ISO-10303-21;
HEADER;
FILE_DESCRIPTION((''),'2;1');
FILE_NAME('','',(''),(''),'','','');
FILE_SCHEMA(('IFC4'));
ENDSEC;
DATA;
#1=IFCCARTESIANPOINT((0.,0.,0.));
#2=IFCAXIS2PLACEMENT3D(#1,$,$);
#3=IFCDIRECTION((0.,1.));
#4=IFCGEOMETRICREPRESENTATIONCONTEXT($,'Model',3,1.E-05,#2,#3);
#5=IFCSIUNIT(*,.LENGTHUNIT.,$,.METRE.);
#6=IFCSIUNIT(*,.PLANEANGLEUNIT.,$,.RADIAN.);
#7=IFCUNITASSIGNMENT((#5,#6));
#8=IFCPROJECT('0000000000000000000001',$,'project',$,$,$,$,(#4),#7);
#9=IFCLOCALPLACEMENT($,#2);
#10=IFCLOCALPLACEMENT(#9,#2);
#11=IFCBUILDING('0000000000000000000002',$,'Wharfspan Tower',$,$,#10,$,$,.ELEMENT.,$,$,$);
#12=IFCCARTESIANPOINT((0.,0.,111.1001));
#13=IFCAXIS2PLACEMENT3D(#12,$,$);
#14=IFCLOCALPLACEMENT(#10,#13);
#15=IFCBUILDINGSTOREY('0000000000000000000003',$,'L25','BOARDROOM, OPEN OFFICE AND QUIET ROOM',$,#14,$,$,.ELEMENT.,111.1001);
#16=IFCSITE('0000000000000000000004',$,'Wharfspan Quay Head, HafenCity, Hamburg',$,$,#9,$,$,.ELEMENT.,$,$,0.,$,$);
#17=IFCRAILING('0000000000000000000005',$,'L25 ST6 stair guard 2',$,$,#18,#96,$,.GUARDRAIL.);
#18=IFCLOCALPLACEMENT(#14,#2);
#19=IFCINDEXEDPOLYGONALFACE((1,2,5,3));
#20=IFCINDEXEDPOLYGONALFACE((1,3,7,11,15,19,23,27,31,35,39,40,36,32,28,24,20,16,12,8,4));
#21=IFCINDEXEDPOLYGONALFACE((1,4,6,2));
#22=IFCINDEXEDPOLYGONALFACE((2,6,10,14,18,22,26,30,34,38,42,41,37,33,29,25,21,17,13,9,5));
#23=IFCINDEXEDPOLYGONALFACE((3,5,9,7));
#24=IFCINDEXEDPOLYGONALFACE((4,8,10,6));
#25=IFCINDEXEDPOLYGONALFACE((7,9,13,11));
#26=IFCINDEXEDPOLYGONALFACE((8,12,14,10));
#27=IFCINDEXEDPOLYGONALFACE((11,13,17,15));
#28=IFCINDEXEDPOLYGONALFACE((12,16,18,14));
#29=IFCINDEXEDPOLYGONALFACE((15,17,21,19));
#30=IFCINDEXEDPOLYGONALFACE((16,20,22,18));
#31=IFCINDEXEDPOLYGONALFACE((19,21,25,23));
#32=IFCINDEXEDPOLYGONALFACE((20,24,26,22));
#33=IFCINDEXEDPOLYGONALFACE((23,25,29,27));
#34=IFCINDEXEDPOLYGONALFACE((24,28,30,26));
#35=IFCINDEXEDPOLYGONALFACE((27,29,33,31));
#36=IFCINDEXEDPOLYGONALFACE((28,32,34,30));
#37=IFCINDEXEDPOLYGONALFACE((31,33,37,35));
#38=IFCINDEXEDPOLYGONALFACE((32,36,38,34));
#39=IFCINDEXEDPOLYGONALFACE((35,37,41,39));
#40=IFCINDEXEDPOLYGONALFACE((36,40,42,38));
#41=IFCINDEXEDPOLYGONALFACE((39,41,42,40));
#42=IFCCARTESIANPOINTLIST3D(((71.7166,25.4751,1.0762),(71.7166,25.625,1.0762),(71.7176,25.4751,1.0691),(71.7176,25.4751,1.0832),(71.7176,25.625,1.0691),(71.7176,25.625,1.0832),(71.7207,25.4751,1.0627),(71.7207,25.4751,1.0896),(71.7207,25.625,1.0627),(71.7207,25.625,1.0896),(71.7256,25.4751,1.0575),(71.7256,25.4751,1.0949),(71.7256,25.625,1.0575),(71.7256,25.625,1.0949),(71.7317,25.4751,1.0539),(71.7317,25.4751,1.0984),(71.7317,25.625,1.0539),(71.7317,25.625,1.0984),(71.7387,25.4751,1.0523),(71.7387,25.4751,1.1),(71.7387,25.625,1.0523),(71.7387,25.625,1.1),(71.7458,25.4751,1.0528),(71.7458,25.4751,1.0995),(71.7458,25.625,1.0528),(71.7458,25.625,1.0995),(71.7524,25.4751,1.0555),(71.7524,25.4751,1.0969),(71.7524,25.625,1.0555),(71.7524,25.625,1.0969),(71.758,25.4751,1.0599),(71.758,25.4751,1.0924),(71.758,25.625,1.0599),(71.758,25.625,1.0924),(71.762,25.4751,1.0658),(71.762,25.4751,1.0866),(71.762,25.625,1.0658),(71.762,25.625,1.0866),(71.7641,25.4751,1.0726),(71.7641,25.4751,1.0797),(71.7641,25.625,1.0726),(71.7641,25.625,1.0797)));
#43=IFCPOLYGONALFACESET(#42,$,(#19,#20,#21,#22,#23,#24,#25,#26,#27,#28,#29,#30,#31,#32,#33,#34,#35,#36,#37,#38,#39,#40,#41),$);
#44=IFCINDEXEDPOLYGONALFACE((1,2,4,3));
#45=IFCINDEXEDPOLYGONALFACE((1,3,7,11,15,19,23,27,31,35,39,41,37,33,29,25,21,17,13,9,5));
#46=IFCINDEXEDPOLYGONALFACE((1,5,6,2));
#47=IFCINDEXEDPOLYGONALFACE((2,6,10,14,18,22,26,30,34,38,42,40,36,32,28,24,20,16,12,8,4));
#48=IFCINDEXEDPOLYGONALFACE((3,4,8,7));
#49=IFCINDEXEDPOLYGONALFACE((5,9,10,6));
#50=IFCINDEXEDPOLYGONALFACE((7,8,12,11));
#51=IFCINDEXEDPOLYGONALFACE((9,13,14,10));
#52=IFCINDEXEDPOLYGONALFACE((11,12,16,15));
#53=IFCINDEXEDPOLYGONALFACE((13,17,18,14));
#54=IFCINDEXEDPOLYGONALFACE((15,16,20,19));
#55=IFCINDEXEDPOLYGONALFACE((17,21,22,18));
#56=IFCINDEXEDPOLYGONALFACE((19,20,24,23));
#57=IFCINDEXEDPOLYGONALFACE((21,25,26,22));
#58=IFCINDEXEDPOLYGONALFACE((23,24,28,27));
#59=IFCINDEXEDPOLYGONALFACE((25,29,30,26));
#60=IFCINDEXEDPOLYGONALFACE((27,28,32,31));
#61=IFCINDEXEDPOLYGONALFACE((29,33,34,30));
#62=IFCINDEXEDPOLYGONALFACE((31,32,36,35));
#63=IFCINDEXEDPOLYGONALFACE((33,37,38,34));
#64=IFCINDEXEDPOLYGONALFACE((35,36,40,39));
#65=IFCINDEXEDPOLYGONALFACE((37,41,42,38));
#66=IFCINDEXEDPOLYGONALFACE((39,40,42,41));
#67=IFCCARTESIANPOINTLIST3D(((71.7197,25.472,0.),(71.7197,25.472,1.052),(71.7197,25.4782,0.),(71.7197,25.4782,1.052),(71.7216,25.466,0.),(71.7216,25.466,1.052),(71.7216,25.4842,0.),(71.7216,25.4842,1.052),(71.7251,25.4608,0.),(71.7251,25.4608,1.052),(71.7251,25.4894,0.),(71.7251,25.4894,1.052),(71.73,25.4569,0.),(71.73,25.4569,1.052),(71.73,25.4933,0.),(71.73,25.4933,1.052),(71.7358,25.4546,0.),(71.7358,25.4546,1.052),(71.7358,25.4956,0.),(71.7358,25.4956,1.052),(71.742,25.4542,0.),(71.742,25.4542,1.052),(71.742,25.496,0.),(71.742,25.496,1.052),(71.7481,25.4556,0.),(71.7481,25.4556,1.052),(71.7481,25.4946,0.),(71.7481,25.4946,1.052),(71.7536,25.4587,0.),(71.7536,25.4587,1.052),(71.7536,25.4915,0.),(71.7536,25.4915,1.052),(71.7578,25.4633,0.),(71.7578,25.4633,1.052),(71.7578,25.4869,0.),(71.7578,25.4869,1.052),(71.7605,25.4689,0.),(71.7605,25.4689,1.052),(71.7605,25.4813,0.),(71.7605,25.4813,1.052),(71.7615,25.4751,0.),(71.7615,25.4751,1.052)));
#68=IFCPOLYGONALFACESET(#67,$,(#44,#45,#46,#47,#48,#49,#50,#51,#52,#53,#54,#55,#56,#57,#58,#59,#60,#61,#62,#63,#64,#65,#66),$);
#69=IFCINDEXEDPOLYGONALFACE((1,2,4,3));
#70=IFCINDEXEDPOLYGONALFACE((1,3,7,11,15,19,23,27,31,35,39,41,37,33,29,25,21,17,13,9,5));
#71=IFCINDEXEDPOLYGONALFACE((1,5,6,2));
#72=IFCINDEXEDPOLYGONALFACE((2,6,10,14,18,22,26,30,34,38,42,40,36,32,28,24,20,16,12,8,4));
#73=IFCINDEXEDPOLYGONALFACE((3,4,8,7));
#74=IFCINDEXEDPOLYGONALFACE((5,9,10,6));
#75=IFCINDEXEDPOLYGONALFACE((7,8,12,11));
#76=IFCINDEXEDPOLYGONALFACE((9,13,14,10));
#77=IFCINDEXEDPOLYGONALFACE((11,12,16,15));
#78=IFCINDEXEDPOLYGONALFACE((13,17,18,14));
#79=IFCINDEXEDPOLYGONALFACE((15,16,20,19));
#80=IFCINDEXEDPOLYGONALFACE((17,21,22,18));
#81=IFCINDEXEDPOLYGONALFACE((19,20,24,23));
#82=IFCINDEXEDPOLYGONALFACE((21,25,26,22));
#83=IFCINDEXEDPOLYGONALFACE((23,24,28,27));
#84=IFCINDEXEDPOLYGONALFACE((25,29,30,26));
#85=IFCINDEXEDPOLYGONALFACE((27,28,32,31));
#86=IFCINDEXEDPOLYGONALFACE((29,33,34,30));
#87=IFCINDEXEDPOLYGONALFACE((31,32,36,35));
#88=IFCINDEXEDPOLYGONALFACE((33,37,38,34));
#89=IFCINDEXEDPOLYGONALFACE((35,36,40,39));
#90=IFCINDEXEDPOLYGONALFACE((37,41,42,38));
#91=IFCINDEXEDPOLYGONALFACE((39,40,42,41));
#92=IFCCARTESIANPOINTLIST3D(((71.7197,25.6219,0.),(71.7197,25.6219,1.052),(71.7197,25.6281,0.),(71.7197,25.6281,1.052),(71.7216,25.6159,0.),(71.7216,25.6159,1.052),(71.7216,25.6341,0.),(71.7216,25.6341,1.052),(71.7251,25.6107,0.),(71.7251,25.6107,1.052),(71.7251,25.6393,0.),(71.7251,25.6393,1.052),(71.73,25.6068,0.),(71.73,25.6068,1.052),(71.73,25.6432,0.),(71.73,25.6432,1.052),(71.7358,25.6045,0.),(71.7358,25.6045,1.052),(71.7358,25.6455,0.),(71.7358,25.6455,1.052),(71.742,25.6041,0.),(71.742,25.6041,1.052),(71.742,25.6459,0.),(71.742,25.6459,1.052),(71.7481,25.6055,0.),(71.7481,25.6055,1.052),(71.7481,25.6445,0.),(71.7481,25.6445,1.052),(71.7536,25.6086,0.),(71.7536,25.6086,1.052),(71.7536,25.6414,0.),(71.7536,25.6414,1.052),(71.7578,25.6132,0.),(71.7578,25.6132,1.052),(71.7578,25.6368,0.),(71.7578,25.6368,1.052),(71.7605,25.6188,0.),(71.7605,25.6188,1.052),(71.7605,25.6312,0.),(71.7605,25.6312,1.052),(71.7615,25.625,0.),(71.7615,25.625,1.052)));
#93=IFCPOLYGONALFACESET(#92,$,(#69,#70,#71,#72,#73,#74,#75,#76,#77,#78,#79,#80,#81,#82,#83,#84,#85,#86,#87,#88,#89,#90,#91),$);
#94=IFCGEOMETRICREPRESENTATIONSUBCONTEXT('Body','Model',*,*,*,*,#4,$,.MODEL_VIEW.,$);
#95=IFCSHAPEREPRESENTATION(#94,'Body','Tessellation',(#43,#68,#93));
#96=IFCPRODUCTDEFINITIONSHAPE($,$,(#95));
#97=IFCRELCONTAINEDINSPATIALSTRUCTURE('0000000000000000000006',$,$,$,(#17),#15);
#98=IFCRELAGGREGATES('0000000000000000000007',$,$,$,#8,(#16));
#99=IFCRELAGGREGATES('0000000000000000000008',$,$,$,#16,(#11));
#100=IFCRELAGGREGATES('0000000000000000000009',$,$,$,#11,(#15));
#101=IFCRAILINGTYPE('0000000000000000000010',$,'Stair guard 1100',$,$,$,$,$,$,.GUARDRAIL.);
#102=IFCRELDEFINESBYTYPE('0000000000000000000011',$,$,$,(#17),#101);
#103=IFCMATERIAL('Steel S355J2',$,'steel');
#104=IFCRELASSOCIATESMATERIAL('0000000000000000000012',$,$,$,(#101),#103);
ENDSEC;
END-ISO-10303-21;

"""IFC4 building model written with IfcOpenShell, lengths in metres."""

from ifc_helpers import new_model, si_unit, direction, frame, origin, origin_2d, place, context, subcontext, project, spatial, circle, extrude, material, type_object, element, save


model = new_model("IFC4")

# Units and contexts
model_context = context("Model", 3, precision=1e-05, world=origin(), true_north=direction((0.0, 1.0)))
body_context = subcontext(model_context, "Body", "Model", "MODEL_VIEW")
ifc_project = project(units=[si_unit("LENGTHUNIT", "METRE"), si_unit("PLANEANGLEUNIT", "RADIAN")], contexts=[model_context])

# Site, building, storey
site_placement = place(None, origin())
site = spatial("IfcSite", under=ifc_project, at=site_placement, Name="Wharfspan Quay Head, HafenCity, Hamburg", CompositionType="ELEMENT", RefElevation=0.0)
building_placement = place(site_placement, origin())
building = spatial("IfcBuilding", under=site, at=building_placement, Name="Wharfspan Tower", CompositionType="ELEMENT")
storey_placement = place(building_placement, frame((0.0, 0.0, 111.1001)))
storey = spatial("IfcBuildingStorey", under=building, at=storey_placement, Name="L25", Description="BOARDROOM, OPEN OFFICE AND QUIET ROOM", CompositionType="ELEMENT", Elevation=111.1001)

# Shared definitions
ifc_material_1 = material(Name="Steel S355J2", Category="steel")

# Railing
railing_type_1 = type_object("IfcRailingType", Name="Stair guard 1100", PredefinedType="GUARDRAIL", material=ifc_material_1)
railing_1_placement = place(storey_placement, frame((71.7405, 25.4751, 0.0)))
element("IfcRailing", 1, at=railing_1_placement, inside=storey, type_object=railing_type_1, Name="L25 ST6 stair guard 2", PredefinedType="GUARDRAIL", context=body_context, shape_type="SweptSolid", body=[
    extrude(circle(Radius=0.0239, at=origin_2d()), frame((0.0, 0.0, 1.0762), z_axis=(0.0, 1.0, 0.0), x_axis=(-1.0, 0.0, 0.0)), (0.0, 0.0, 1.0), 0.1499),
    extrude(circle(Radius=0.021, at=origin_2d()), origin(), (0.0, 0.0, 1.0), 1.052),
    extrude(circle(Radius=0.021, at=origin_2d()), frame((0.0, 0.1499, 0.0)), (0.0, 0.0, 1.0), 1.052),
])

save(model, "model.ifc")
